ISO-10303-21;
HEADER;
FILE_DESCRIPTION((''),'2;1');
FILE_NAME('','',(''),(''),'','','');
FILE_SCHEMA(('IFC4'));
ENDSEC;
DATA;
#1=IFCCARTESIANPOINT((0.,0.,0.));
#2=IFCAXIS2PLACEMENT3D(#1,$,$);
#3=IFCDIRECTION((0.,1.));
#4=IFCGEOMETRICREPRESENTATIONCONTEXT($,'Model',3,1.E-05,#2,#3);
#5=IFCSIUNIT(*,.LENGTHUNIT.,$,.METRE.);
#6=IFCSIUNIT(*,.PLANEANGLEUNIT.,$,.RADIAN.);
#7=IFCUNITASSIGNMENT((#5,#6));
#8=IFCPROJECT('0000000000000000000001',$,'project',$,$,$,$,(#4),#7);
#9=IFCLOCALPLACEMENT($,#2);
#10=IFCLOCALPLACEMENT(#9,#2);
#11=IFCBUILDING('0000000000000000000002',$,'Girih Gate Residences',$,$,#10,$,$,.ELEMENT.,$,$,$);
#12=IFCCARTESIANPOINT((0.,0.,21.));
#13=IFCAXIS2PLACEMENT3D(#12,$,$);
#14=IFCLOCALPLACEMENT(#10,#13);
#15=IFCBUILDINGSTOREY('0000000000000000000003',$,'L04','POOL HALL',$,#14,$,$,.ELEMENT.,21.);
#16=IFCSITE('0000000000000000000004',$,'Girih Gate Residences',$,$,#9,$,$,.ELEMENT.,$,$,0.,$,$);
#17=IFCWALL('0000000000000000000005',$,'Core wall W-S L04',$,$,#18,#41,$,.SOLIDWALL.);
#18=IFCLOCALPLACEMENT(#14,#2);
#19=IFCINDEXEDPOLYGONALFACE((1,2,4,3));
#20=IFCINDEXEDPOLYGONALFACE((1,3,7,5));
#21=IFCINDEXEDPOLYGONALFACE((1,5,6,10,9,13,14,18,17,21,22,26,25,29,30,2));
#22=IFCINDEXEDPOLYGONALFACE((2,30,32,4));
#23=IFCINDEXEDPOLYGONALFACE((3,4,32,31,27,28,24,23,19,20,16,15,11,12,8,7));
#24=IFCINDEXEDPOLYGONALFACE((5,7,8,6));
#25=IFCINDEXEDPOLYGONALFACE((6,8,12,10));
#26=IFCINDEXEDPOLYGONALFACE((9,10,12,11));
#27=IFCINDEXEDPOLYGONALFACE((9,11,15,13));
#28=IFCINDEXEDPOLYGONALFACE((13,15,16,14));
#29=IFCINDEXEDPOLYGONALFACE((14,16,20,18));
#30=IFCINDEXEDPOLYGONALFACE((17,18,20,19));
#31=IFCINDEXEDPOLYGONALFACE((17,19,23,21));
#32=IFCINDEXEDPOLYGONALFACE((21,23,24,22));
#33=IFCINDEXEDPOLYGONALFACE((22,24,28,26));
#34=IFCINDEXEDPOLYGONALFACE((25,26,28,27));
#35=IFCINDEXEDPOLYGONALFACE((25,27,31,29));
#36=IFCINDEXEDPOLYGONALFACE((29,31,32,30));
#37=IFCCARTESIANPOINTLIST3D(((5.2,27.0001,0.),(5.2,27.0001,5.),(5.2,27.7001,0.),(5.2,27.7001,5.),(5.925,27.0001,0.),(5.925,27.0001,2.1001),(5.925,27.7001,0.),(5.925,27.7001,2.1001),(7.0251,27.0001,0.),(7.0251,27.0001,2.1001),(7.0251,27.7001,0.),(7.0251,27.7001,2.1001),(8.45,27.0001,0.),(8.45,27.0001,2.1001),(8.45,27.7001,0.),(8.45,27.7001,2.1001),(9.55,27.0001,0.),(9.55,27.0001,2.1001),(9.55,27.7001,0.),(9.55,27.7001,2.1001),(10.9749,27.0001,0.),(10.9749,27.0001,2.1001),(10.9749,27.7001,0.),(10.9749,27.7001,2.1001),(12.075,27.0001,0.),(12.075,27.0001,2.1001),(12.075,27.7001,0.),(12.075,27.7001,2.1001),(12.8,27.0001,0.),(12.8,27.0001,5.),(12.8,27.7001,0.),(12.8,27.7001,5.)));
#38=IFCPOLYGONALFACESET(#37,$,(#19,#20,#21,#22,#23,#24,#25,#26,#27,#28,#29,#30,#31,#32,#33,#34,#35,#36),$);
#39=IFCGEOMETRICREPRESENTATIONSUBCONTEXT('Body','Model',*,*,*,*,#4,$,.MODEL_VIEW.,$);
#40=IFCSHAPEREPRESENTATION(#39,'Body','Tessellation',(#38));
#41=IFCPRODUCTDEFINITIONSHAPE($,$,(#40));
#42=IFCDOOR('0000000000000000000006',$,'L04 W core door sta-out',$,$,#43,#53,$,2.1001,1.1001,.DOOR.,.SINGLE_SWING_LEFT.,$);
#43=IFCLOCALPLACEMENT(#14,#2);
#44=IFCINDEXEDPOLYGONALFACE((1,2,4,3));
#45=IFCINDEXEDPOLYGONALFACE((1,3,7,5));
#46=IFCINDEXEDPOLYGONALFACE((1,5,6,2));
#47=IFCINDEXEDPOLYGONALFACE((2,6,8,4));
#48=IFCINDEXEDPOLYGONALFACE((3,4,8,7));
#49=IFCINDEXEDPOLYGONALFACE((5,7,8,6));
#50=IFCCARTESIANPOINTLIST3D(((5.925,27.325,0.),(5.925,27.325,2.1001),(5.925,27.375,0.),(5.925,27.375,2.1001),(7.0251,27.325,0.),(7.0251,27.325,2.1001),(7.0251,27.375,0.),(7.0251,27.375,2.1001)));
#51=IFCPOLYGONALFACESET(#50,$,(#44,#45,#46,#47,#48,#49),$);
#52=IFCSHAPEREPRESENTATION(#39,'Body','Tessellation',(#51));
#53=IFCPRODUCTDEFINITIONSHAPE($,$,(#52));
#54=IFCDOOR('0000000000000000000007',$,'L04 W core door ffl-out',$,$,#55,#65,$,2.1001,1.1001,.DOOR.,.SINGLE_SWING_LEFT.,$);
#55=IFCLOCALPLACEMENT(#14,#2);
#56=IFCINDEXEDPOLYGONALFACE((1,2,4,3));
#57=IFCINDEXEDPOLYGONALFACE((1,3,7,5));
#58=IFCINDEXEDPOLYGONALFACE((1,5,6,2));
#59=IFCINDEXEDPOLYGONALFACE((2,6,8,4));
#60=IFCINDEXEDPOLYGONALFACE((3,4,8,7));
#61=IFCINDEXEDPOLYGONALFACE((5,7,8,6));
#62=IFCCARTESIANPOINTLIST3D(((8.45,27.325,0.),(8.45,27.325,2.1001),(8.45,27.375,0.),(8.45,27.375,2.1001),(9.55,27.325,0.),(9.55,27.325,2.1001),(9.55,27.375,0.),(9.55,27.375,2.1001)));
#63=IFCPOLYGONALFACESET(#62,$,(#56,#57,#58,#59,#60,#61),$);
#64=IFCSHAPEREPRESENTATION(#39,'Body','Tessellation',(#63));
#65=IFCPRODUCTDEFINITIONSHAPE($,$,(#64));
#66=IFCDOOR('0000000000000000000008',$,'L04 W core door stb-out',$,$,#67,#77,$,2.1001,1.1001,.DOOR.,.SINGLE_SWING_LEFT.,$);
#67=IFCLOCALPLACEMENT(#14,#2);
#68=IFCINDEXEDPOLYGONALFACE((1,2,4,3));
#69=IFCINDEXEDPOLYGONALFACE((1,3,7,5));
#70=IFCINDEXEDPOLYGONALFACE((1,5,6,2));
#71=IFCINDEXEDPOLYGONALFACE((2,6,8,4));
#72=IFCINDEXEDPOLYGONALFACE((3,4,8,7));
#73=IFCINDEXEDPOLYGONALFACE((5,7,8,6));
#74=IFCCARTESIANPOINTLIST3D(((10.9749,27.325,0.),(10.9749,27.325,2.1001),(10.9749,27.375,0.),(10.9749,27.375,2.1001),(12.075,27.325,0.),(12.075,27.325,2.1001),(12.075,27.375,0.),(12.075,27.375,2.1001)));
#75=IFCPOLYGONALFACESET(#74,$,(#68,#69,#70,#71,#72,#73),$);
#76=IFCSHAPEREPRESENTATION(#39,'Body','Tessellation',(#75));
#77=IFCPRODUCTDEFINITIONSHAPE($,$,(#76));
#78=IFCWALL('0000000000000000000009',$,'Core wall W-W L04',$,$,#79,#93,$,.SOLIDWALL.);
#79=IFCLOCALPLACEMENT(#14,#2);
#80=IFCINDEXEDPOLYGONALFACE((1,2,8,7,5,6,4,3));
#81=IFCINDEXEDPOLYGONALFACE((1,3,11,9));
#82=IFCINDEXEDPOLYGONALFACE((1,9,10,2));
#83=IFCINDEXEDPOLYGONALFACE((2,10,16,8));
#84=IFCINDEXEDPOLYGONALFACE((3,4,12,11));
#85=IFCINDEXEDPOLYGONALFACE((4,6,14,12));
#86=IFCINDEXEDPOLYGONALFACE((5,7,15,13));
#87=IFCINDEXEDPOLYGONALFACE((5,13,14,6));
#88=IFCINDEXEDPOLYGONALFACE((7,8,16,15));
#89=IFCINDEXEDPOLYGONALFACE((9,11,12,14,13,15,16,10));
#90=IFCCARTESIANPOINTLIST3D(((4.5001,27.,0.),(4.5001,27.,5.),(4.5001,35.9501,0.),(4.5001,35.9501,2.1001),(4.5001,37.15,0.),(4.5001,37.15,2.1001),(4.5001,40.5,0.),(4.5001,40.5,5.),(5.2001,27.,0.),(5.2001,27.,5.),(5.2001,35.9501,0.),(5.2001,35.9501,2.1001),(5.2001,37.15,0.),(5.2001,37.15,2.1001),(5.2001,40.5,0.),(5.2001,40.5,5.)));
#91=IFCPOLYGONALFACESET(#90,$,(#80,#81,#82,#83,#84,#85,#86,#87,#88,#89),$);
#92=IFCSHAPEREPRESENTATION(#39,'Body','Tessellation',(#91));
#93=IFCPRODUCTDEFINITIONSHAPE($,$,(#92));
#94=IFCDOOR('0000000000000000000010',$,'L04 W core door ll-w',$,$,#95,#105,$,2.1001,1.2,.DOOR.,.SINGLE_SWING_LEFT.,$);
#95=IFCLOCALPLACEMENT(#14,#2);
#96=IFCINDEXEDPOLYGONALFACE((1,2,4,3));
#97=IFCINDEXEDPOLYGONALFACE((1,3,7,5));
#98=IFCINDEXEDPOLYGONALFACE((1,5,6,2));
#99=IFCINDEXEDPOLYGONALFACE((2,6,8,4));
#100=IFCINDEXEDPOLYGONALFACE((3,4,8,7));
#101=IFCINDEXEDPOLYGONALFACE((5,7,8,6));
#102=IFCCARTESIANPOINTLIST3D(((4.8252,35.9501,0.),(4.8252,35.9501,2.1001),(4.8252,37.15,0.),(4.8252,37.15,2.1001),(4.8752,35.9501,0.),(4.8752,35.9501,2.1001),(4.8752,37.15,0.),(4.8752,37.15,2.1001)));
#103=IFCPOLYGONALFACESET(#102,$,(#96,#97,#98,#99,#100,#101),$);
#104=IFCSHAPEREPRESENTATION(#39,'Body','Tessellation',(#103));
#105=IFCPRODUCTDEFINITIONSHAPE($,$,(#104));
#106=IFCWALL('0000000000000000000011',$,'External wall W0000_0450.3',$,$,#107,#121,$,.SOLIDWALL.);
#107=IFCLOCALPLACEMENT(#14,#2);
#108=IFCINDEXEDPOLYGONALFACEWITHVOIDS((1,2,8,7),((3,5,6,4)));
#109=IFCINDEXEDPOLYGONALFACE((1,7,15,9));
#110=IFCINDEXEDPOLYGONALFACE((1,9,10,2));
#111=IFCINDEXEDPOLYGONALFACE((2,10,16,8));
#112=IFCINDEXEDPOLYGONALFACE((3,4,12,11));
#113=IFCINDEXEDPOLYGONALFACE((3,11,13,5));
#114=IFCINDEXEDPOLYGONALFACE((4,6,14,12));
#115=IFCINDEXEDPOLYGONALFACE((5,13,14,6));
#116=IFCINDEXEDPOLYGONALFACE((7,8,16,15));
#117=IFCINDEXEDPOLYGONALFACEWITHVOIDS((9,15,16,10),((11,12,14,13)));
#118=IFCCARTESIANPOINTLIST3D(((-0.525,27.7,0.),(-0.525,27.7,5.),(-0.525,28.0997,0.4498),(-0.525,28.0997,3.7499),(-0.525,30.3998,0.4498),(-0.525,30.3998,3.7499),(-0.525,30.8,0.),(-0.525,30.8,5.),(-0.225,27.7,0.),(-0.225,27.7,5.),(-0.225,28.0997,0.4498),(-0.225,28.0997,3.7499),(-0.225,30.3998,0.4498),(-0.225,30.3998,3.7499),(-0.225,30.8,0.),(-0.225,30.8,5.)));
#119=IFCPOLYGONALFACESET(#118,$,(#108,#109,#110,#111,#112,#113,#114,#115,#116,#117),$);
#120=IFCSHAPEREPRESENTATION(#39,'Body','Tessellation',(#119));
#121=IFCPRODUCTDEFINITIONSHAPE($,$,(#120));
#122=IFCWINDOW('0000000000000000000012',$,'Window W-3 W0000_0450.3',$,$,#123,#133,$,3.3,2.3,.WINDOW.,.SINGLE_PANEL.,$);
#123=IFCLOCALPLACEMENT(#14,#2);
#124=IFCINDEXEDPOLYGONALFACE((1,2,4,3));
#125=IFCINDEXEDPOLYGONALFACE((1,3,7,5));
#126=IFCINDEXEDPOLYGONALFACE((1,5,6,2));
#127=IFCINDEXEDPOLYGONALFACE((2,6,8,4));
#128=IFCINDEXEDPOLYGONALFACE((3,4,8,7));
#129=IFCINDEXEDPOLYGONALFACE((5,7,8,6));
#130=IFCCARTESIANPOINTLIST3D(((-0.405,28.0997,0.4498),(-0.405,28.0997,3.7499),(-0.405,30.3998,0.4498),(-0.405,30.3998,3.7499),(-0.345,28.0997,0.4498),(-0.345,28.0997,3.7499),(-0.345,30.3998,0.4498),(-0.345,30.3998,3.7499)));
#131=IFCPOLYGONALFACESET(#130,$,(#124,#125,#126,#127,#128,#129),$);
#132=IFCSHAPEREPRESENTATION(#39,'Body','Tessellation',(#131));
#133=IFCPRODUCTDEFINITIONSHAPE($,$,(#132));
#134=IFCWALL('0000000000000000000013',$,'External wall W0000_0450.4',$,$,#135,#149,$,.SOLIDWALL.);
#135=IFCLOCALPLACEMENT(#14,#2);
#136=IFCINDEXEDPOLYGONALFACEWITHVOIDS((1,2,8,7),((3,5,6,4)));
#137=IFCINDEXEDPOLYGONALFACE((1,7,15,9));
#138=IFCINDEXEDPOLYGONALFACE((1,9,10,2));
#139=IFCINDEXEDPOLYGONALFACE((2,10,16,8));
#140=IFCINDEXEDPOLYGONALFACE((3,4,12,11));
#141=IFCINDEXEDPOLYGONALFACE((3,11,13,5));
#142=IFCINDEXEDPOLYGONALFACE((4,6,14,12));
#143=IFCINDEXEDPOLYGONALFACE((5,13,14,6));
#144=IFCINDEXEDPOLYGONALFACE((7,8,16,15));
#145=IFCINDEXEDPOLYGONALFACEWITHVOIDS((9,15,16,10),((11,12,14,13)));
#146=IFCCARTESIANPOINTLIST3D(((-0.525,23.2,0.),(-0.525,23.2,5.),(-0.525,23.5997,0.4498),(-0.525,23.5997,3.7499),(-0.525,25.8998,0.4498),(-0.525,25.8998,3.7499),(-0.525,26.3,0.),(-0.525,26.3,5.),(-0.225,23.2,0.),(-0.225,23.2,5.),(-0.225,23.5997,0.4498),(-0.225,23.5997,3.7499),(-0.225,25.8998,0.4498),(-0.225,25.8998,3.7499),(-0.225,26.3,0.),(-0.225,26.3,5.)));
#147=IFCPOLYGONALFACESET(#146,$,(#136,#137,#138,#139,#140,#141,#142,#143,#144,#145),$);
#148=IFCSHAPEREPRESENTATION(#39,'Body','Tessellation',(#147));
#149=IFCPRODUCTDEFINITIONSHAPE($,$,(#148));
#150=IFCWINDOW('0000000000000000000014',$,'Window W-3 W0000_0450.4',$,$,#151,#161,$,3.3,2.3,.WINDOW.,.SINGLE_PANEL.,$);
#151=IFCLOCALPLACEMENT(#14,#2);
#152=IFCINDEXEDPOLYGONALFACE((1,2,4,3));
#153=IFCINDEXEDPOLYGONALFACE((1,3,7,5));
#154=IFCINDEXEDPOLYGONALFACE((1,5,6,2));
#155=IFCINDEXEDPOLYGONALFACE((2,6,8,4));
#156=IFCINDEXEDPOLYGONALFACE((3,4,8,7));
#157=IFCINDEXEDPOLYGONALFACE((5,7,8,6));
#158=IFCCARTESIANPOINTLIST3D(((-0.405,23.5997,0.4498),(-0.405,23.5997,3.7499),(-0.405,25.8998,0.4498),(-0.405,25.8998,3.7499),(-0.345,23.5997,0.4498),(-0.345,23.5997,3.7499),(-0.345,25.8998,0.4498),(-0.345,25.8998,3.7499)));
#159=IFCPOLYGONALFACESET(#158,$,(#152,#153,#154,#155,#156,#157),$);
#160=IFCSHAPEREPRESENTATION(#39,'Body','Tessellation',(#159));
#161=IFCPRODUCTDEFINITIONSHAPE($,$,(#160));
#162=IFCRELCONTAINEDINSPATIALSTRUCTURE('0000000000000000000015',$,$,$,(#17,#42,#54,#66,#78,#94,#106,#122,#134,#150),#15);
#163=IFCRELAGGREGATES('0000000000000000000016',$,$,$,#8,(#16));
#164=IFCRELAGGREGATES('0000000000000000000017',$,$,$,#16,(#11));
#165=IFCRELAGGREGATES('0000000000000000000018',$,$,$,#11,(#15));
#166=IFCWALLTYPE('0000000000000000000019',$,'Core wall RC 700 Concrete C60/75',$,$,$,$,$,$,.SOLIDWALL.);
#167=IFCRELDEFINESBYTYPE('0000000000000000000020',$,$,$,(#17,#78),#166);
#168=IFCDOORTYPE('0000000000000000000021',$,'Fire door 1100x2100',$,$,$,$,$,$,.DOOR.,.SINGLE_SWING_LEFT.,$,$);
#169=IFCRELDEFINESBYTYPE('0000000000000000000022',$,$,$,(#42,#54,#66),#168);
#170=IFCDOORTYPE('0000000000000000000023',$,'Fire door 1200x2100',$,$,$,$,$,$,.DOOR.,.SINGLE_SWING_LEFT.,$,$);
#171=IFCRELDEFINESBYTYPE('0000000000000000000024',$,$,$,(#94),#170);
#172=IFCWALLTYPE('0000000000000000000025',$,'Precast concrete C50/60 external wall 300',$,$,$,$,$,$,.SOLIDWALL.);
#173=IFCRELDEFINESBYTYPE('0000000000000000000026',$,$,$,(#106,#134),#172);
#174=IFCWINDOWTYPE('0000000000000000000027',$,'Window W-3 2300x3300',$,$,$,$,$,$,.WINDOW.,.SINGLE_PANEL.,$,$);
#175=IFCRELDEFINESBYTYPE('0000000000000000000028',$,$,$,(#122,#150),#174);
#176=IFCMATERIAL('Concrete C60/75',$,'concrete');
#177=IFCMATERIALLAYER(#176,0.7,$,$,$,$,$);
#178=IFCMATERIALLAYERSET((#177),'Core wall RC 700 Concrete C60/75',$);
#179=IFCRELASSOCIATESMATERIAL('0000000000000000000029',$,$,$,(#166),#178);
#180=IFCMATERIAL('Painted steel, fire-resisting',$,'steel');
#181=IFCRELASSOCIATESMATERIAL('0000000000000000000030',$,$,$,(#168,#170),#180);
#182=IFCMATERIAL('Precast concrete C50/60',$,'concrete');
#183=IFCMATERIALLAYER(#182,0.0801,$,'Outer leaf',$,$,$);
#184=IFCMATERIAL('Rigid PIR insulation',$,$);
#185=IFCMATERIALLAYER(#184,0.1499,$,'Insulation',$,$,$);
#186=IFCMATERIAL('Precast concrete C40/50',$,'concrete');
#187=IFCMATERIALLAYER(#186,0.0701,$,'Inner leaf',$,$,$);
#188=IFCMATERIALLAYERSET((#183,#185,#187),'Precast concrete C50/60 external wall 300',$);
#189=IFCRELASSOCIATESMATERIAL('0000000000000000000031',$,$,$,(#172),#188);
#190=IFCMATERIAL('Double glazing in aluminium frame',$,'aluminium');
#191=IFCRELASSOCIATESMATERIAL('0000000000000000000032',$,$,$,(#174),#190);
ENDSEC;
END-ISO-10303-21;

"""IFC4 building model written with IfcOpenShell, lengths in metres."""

from ifc_helpers import new_model, si_unit, direction, frame, frame_2d, origin, place, context, subcontext, project, spatial, rectangle, extrude, material, layer, layer_set, type_object, element, fill, save


model = new_model("IFC4")

# Units and contexts
model_context = context("Model", 3, precision=1e-05, world=origin(), true_north=direction((0.0, 1.0)))
body_context = subcontext(model_context, "Body", "Model", "MODEL_VIEW")
ifc_project = project(units=[si_unit("LENGTHUNIT", "METRE"), si_unit("PLANEANGLEUNIT", "RADIAN")], contexts=[model_context])

# Site, building, storey
site_placement = place(None, origin())
site = spatial("IfcSite", under=ifc_project, at=site_placement, Name="Girih Gate Residences", CompositionType="ELEMENT", RefElevation=0.0)
building_placement = place(site_placement, origin())
building = spatial("IfcBuilding", under=site, at=building_placement, Name="Girih Gate Residences", CompositionType="ELEMENT")
storey_placement = place(building_placement, frame((0.0, 0.0, 21.0)))
storey = spatial("IfcBuildingStorey", under=building, at=storey_placement, Name="L04", Description="POOL HALL", CompositionType="ELEMENT", Elevation=21.0)

# Shared definitions
ifc_material_1 = material(Name="Concrete C60/75", Category="concrete")

# Wall, openings, doors
ifc_layer_1 = layer(ifc_material_1, 0.7)
ifc_layer_set_1 = layer_set([ifc_layer_1], Name="Core wall RC 700 Concrete C60/75")
wall_type_1 = type_object("IfcWallType", Name="Core wall RC 700 Concrete C60/75", PredefinedType="SOLIDWALL", material=ifc_layer_set_1)
wall_1_placement = place(storey_placement, frame((5.2, 27.3501, 0.0), z_axis=(0.0, 0.0, 1.0), x_axis=(1.0, 0.0, 0.0)))
wall_1 = element("IfcWall", 1, at=wall_1_placement, inside=storey, type_object=wall_type_1, Name="Core wall W-S L04", PredefinedType="SOLIDWALL", context=body_context, shape_type="SweptSolid", body=[
    extrude(rectangle(XDim=7.6001, YDim=0.7, at=frame_2d((3.8, 0.0))), origin(), (0.0, 0.0, 1.0), 5.0),
])
opening_1_placement = place(wall_1_placement, frame((0.7251, 0.0, 0.0)))
opening_1 = element("IfcOpeningElement", 2, at=opening_1_placement, cuts=wall_1, PredefinedType="OPENING", context=body_context, shape_type="SweptSolid", body=[
    extrude(rectangle(XDim=1.1001, YDim=2.1001, at=frame_2d((0.55, 1.05))), frame((0.0, 0.3599, 0.0), z_axis=(0.0, -1.0, 0.0), x_axis=(1.0, 0.0, 0.0)), (0.0, 0.0, 1.0), 0.72),
])
opening_2_placement = place(wall_1_placement, frame((3.25, 0.0, 0.0)))
opening_2 = element("IfcOpeningElement", 3, at=opening_2_placement, cuts=wall_1, PredefinedType="OPENING", context=body_context, shape_type="SweptSolid", body=[
    extrude(rectangle(XDim=1.1001, YDim=2.1001, at=frame_2d((0.55, 1.05))), frame((0.0, 0.3599, 0.0), z_axis=(0.0, -1.0, 0.0), x_axis=(1.0, 0.0, 0.0)), (0.0, 0.0, 1.0), 0.72),
])
opening_3_placement = place(wall_1_placement, frame((5.7749, 0.0, 0.0)))
opening_3 = element("IfcOpeningElement", 4, at=opening_3_placement, cuts=wall_1, PredefinedType="OPENING", context=body_context, shape_type="SweptSolid", body=[
    extrude(rectangle(XDim=1.1001, YDim=2.1001, at=frame_2d((0.55, 1.05))), frame((0.0, 0.3599, 0.0), z_axis=(0.0, -1.0, 0.0), x_axis=(1.0, 0.0, 0.0)), (0.0, 0.0, 1.0), 0.72),
])
ifc_material_2 = material(Name="Painted steel, fire-resisting", Category="steel")
door_type_1 = type_object("IfcDoorType", Name="Fire door 1100x2100", OperationType="SINGLE_SWING_LEFT", PredefinedType="DOOR", material=ifc_material_2)
door_1_placement = place(opening_1_placement, origin())
door_1 = element("IfcDoor", 5, at=door_1_placement, inside=storey, type_object=door_type_1, Name="L04 W core door sta-out", OperationType="SINGLE_SWING_LEFT", OverallHeight=2.1001, OverallWidth=1.1001, PredefinedType="DOOR", context=body_context, shape_type="SweptSolid", body=[
    extrude(rectangle(XDim=1.1001, YDim=2.1001, at=frame_2d((0.55, 1.05))), frame((0.0, 0.0249, 0.0), z_axis=(0.0, -1.0, 0.0), x_axis=(1.0, 0.0, 0.0)), (0.0, 0.0, 1.0), 0.05),
])
fill(opening_1, door_1)
door_2_placement = place(opening_2_placement, origin())
door_2 = element("IfcDoor", 6, at=door_2_placement, inside=storey, type_object=door_type_1, Name="L04 W core door ffl-out", OperationType="SINGLE_SWING_LEFT", OverallHeight=2.1001, OverallWidth=1.1001, PredefinedType="DOOR", context=body_context, shape_type="SweptSolid", body=[
    extrude(rectangle(XDim=1.1001, YDim=2.1001, at=frame_2d((0.55, 1.05))), frame((0.0, 0.0249, 0.0), z_axis=(0.0, -1.0, 0.0), x_axis=(1.0, 0.0, 0.0)), (0.0, 0.0, 1.0), 0.05),
])
fill(opening_2, door_2)
door_3_placement = place(opening_3_placement, origin())
door_3 = element("IfcDoor", 7, at=door_3_placement, inside=storey, type_object=door_type_1, Name="L04 W core door stb-out", OperationType="SINGLE_SWING_LEFT", OverallHeight=2.1001, OverallWidth=1.1001, PredefinedType="DOOR", context=body_context, shape_type="SweptSolid", body=[
    extrude(rectangle(XDim=1.1001, YDim=2.1001, at=frame_2d((0.55, 1.05))), frame((0.0, 0.0249, 0.0), z_axis=(0.0, -1.0, 0.0), x_axis=(1.0, 0.0, 0.0)), (0.0, 0.0, 1.0), 0.05),
])
fill(opening_3, door_3)

# Wall, opening, door
wall_2_placement = place(storey_placement, frame((4.8501, 27.0, 0.0), z_axis=(0.0, 0.0, 1.0), x_axis=(0.0, 1.0, 0.0)))
wall_2 = element("IfcWall", 8, at=wall_2_placement, inside=storey, type_object=wall_type_1, Name="Core wall W-W L04", PredefinedType="SOLIDWALL", context=body_context, shape_type="SweptSolid", body=[
    extrude(rectangle(XDim=13.5, YDim=0.7, at=frame_2d((6.75, 0.0))), origin(), (0.0, 0.0, 1.0), 5.0),
])
opening_4_placement = place(wall_2_placement, frame((8.95, 0.0, 0.0)))
opening_4 = element("IfcOpeningElement", 9, at=opening_4_placement, cuts=wall_2, PredefinedType="OPENING", context=body_context, shape_type="SweptSolid", body=[
    extrude(rectangle(XDim=1.2, YDim=2.1001, at=frame_2d((0.6001, 1.05))), frame((0.0, 0.3599, 0.0), z_axis=(0.0, -1.0, 0.0), x_axis=(1.0, 0.0, 0.0)), (0.0, 0.0, 1.0), 0.72),
])
door_type_2 = type_object("IfcDoorType", Name="Fire door 1200x2100", OperationType="SINGLE_SWING_LEFT", PredefinedType="DOOR", material=ifc_material_2)
door_4_placement = place(opening_4_placement, origin())
door_4 = element("IfcDoor", 10, at=door_4_placement, inside=storey, type_object=door_type_2, Name="L04 W core door ll-w", OperationType="SINGLE_SWING_LEFT", OverallHeight=2.1001, OverallWidth=1.2, PredefinedType="DOOR", context=body_context, shape_type="SweptSolid", body=[
    extrude(rectangle(XDim=1.2, YDim=2.1001, at=frame_2d((0.6001, 1.05))), frame((0.0, 0.0249, 0.0), z_axis=(0.0, -1.0, 0.0), x_axis=(1.0, 0.0, 0.0)), (0.0, 0.0, 1.0), 0.05),
])
fill(opening_4, door_4)

# Walls, openings, windows
ifc_material_3 = material(Name="Precast concrete C50/60", Category="concrete")
ifc_layer_2 = layer(ifc_material_3, 0.0801, Name="Outer leaf")
ifc_material_4 = material(Name="Rigid PIR insulation")
ifc_layer_3 = layer(ifc_material_4, 0.1499, Name="Insulation")
ifc_material_5 = material(Name="Precast concrete C40/50", Category="concrete")
ifc_layer_4 = layer(ifc_material_5, 0.0701, Name="Inner leaf")
ifc_layer_set_2 = layer_set([ifc_layer_2, ifc_layer_3, ifc_layer_4], Name="Precast concrete C50/60 external wall 300")
wall_type_2 = type_object("IfcWallType", Name="Precast concrete C50/60 external wall 300", PredefinedType="SOLIDWALL", material=ifc_layer_set_2)
wall_3_placement = place(storey_placement, frame((-0.375, 27.7, 0.0), z_axis=(0.0, 0.0, 1.0), x_axis=(0.0, 1.0, 0.0)))
wall_3 = element("IfcWall", 11, at=wall_3_placement, inside=storey, type_object=wall_type_2, Name="External wall W0000_0450.3", PredefinedType="SOLIDWALL", context=body_context, shape_type="SweptSolid", body=[
    extrude(rectangle(XDim=3.1001, YDim=0.3, at=frame_2d((1.55, 0.0))), origin(), (0.0, 0.0, 1.0), 5.0),
])
opening_5_placement = place(wall_3_placement, frame((0.3999, 0.0, 0.45)))
opening_5 = element("IfcOpeningElement", 12, at=opening_5_placement, cuts=wall_3, PredefinedType="OPENING", context=body_context, shape_type="SweptSolid", body=[
    extrude(rectangle(XDim=2.3, YDim=3.3, at=frame_2d((1.1499, 1.6499))), frame((0.0, 0.1599, 0.0), z_axis=(0.0, -1.0, 0.0), x_axis=(1.0, 0.0, 0.0)), (0.0, 0.0, 1.0), 0.3201),
])
ifc_material_6 = material(Name="Double glazing in aluminium frame", Category="aluminium")
window_type = type_object("IfcWindowType", Name="Window W-3 2300x3300", PartitioningType="SINGLE_PANEL", PredefinedType="WINDOW", material=ifc_material_6)
window_1_placement = place(opening_5_placement, origin())
window_1 = element("IfcWindow", 13, at=window_1_placement, inside=storey, type_object=window_type, Name="Window W-3 W0000_0450.3", OverallHeight=3.3, OverallWidth=2.3, PartitioningType="SINGLE_PANEL", PredefinedType="WINDOW", context=body_context, shape_type="SweptSolid", body=[
    extrude(rectangle(XDim=2.3, YDim=3.3, at=frame_2d((1.1499, 1.6499))), frame((0.0, 0.03, 0.0), z_axis=(0.0, -1.0, 0.0), x_axis=(1.0, 0.0, 0.0)), (0.0, 0.0, 1.0), 0.0601),
])
fill(opening_5, window_1)
wall_4_placement = place(storey_placement, frame((-0.375, 23.2, 0.0), z_axis=(0.0, 0.0, 1.0), x_axis=(0.0, 1.0, 0.0)))
wall_4 = element("IfcWall", 14, at=wall_4_placement, inside=storey, type_object=wall_type_2, Name="External wall W0000_0450.4", PredefinedType="SOLIDWALL", context=body_context, shape_type="SweptSolid", body=[
    extrude(rectangle(XDim=3.1001, YDim=0.3, at=frame_2d((1.55, 0.0))), origin(), (0.0, 0.0, 1.0), 5.0),
])
opening_6_placement = place(wall_4_placement, frame((0.3999, 0.0, 0.45)))
opening_6 = element("IfcOpeningElement", 15, at=opening_6_placement, cuts=wall_4, PredefinedType="OPENING", context=body_context, shape_type="SweptSolid", body=[
    extrude(rectangle(XDim=2.3, YDim=3.3, at=frame_2d((1.1499, 1.6499))), frame((0.0, 0.1599, 0.0), z_axis=(0.0, -1.0, 0.0), x_axis=(1.0, 0.0, 0.0)), (0.0, 0.0, 1.0), 0.3201),
])
window_2_placement = place(opening_6_placement, origin())
window_2 = element("IfcWindow", 16, at=window_2_placement, inside=storey, type_object=window_type, Name="Window W-3 W0000_0450.4", OverallHeight=3.3, OverallWidth=2.3, PartitioningType="SINGLE_PANEL", PredefinedType="WINDOW", context=body_context, shape_type="SweptSolid", body=[
    extrude(rectangle(XDim=2.3, YDim=3.3, at=frame_2d((1.1499, 1.6499))), frame((0.0, 0.03, 0.0), z_axis=(0.0, -1.0, 0.0), x_axis=(1.0, 0.0, 0.0)), (0.0, 0.0, 1.0), 0.0601),
])
fill(opening_6, window_2)

save(model, "model.ifc")
